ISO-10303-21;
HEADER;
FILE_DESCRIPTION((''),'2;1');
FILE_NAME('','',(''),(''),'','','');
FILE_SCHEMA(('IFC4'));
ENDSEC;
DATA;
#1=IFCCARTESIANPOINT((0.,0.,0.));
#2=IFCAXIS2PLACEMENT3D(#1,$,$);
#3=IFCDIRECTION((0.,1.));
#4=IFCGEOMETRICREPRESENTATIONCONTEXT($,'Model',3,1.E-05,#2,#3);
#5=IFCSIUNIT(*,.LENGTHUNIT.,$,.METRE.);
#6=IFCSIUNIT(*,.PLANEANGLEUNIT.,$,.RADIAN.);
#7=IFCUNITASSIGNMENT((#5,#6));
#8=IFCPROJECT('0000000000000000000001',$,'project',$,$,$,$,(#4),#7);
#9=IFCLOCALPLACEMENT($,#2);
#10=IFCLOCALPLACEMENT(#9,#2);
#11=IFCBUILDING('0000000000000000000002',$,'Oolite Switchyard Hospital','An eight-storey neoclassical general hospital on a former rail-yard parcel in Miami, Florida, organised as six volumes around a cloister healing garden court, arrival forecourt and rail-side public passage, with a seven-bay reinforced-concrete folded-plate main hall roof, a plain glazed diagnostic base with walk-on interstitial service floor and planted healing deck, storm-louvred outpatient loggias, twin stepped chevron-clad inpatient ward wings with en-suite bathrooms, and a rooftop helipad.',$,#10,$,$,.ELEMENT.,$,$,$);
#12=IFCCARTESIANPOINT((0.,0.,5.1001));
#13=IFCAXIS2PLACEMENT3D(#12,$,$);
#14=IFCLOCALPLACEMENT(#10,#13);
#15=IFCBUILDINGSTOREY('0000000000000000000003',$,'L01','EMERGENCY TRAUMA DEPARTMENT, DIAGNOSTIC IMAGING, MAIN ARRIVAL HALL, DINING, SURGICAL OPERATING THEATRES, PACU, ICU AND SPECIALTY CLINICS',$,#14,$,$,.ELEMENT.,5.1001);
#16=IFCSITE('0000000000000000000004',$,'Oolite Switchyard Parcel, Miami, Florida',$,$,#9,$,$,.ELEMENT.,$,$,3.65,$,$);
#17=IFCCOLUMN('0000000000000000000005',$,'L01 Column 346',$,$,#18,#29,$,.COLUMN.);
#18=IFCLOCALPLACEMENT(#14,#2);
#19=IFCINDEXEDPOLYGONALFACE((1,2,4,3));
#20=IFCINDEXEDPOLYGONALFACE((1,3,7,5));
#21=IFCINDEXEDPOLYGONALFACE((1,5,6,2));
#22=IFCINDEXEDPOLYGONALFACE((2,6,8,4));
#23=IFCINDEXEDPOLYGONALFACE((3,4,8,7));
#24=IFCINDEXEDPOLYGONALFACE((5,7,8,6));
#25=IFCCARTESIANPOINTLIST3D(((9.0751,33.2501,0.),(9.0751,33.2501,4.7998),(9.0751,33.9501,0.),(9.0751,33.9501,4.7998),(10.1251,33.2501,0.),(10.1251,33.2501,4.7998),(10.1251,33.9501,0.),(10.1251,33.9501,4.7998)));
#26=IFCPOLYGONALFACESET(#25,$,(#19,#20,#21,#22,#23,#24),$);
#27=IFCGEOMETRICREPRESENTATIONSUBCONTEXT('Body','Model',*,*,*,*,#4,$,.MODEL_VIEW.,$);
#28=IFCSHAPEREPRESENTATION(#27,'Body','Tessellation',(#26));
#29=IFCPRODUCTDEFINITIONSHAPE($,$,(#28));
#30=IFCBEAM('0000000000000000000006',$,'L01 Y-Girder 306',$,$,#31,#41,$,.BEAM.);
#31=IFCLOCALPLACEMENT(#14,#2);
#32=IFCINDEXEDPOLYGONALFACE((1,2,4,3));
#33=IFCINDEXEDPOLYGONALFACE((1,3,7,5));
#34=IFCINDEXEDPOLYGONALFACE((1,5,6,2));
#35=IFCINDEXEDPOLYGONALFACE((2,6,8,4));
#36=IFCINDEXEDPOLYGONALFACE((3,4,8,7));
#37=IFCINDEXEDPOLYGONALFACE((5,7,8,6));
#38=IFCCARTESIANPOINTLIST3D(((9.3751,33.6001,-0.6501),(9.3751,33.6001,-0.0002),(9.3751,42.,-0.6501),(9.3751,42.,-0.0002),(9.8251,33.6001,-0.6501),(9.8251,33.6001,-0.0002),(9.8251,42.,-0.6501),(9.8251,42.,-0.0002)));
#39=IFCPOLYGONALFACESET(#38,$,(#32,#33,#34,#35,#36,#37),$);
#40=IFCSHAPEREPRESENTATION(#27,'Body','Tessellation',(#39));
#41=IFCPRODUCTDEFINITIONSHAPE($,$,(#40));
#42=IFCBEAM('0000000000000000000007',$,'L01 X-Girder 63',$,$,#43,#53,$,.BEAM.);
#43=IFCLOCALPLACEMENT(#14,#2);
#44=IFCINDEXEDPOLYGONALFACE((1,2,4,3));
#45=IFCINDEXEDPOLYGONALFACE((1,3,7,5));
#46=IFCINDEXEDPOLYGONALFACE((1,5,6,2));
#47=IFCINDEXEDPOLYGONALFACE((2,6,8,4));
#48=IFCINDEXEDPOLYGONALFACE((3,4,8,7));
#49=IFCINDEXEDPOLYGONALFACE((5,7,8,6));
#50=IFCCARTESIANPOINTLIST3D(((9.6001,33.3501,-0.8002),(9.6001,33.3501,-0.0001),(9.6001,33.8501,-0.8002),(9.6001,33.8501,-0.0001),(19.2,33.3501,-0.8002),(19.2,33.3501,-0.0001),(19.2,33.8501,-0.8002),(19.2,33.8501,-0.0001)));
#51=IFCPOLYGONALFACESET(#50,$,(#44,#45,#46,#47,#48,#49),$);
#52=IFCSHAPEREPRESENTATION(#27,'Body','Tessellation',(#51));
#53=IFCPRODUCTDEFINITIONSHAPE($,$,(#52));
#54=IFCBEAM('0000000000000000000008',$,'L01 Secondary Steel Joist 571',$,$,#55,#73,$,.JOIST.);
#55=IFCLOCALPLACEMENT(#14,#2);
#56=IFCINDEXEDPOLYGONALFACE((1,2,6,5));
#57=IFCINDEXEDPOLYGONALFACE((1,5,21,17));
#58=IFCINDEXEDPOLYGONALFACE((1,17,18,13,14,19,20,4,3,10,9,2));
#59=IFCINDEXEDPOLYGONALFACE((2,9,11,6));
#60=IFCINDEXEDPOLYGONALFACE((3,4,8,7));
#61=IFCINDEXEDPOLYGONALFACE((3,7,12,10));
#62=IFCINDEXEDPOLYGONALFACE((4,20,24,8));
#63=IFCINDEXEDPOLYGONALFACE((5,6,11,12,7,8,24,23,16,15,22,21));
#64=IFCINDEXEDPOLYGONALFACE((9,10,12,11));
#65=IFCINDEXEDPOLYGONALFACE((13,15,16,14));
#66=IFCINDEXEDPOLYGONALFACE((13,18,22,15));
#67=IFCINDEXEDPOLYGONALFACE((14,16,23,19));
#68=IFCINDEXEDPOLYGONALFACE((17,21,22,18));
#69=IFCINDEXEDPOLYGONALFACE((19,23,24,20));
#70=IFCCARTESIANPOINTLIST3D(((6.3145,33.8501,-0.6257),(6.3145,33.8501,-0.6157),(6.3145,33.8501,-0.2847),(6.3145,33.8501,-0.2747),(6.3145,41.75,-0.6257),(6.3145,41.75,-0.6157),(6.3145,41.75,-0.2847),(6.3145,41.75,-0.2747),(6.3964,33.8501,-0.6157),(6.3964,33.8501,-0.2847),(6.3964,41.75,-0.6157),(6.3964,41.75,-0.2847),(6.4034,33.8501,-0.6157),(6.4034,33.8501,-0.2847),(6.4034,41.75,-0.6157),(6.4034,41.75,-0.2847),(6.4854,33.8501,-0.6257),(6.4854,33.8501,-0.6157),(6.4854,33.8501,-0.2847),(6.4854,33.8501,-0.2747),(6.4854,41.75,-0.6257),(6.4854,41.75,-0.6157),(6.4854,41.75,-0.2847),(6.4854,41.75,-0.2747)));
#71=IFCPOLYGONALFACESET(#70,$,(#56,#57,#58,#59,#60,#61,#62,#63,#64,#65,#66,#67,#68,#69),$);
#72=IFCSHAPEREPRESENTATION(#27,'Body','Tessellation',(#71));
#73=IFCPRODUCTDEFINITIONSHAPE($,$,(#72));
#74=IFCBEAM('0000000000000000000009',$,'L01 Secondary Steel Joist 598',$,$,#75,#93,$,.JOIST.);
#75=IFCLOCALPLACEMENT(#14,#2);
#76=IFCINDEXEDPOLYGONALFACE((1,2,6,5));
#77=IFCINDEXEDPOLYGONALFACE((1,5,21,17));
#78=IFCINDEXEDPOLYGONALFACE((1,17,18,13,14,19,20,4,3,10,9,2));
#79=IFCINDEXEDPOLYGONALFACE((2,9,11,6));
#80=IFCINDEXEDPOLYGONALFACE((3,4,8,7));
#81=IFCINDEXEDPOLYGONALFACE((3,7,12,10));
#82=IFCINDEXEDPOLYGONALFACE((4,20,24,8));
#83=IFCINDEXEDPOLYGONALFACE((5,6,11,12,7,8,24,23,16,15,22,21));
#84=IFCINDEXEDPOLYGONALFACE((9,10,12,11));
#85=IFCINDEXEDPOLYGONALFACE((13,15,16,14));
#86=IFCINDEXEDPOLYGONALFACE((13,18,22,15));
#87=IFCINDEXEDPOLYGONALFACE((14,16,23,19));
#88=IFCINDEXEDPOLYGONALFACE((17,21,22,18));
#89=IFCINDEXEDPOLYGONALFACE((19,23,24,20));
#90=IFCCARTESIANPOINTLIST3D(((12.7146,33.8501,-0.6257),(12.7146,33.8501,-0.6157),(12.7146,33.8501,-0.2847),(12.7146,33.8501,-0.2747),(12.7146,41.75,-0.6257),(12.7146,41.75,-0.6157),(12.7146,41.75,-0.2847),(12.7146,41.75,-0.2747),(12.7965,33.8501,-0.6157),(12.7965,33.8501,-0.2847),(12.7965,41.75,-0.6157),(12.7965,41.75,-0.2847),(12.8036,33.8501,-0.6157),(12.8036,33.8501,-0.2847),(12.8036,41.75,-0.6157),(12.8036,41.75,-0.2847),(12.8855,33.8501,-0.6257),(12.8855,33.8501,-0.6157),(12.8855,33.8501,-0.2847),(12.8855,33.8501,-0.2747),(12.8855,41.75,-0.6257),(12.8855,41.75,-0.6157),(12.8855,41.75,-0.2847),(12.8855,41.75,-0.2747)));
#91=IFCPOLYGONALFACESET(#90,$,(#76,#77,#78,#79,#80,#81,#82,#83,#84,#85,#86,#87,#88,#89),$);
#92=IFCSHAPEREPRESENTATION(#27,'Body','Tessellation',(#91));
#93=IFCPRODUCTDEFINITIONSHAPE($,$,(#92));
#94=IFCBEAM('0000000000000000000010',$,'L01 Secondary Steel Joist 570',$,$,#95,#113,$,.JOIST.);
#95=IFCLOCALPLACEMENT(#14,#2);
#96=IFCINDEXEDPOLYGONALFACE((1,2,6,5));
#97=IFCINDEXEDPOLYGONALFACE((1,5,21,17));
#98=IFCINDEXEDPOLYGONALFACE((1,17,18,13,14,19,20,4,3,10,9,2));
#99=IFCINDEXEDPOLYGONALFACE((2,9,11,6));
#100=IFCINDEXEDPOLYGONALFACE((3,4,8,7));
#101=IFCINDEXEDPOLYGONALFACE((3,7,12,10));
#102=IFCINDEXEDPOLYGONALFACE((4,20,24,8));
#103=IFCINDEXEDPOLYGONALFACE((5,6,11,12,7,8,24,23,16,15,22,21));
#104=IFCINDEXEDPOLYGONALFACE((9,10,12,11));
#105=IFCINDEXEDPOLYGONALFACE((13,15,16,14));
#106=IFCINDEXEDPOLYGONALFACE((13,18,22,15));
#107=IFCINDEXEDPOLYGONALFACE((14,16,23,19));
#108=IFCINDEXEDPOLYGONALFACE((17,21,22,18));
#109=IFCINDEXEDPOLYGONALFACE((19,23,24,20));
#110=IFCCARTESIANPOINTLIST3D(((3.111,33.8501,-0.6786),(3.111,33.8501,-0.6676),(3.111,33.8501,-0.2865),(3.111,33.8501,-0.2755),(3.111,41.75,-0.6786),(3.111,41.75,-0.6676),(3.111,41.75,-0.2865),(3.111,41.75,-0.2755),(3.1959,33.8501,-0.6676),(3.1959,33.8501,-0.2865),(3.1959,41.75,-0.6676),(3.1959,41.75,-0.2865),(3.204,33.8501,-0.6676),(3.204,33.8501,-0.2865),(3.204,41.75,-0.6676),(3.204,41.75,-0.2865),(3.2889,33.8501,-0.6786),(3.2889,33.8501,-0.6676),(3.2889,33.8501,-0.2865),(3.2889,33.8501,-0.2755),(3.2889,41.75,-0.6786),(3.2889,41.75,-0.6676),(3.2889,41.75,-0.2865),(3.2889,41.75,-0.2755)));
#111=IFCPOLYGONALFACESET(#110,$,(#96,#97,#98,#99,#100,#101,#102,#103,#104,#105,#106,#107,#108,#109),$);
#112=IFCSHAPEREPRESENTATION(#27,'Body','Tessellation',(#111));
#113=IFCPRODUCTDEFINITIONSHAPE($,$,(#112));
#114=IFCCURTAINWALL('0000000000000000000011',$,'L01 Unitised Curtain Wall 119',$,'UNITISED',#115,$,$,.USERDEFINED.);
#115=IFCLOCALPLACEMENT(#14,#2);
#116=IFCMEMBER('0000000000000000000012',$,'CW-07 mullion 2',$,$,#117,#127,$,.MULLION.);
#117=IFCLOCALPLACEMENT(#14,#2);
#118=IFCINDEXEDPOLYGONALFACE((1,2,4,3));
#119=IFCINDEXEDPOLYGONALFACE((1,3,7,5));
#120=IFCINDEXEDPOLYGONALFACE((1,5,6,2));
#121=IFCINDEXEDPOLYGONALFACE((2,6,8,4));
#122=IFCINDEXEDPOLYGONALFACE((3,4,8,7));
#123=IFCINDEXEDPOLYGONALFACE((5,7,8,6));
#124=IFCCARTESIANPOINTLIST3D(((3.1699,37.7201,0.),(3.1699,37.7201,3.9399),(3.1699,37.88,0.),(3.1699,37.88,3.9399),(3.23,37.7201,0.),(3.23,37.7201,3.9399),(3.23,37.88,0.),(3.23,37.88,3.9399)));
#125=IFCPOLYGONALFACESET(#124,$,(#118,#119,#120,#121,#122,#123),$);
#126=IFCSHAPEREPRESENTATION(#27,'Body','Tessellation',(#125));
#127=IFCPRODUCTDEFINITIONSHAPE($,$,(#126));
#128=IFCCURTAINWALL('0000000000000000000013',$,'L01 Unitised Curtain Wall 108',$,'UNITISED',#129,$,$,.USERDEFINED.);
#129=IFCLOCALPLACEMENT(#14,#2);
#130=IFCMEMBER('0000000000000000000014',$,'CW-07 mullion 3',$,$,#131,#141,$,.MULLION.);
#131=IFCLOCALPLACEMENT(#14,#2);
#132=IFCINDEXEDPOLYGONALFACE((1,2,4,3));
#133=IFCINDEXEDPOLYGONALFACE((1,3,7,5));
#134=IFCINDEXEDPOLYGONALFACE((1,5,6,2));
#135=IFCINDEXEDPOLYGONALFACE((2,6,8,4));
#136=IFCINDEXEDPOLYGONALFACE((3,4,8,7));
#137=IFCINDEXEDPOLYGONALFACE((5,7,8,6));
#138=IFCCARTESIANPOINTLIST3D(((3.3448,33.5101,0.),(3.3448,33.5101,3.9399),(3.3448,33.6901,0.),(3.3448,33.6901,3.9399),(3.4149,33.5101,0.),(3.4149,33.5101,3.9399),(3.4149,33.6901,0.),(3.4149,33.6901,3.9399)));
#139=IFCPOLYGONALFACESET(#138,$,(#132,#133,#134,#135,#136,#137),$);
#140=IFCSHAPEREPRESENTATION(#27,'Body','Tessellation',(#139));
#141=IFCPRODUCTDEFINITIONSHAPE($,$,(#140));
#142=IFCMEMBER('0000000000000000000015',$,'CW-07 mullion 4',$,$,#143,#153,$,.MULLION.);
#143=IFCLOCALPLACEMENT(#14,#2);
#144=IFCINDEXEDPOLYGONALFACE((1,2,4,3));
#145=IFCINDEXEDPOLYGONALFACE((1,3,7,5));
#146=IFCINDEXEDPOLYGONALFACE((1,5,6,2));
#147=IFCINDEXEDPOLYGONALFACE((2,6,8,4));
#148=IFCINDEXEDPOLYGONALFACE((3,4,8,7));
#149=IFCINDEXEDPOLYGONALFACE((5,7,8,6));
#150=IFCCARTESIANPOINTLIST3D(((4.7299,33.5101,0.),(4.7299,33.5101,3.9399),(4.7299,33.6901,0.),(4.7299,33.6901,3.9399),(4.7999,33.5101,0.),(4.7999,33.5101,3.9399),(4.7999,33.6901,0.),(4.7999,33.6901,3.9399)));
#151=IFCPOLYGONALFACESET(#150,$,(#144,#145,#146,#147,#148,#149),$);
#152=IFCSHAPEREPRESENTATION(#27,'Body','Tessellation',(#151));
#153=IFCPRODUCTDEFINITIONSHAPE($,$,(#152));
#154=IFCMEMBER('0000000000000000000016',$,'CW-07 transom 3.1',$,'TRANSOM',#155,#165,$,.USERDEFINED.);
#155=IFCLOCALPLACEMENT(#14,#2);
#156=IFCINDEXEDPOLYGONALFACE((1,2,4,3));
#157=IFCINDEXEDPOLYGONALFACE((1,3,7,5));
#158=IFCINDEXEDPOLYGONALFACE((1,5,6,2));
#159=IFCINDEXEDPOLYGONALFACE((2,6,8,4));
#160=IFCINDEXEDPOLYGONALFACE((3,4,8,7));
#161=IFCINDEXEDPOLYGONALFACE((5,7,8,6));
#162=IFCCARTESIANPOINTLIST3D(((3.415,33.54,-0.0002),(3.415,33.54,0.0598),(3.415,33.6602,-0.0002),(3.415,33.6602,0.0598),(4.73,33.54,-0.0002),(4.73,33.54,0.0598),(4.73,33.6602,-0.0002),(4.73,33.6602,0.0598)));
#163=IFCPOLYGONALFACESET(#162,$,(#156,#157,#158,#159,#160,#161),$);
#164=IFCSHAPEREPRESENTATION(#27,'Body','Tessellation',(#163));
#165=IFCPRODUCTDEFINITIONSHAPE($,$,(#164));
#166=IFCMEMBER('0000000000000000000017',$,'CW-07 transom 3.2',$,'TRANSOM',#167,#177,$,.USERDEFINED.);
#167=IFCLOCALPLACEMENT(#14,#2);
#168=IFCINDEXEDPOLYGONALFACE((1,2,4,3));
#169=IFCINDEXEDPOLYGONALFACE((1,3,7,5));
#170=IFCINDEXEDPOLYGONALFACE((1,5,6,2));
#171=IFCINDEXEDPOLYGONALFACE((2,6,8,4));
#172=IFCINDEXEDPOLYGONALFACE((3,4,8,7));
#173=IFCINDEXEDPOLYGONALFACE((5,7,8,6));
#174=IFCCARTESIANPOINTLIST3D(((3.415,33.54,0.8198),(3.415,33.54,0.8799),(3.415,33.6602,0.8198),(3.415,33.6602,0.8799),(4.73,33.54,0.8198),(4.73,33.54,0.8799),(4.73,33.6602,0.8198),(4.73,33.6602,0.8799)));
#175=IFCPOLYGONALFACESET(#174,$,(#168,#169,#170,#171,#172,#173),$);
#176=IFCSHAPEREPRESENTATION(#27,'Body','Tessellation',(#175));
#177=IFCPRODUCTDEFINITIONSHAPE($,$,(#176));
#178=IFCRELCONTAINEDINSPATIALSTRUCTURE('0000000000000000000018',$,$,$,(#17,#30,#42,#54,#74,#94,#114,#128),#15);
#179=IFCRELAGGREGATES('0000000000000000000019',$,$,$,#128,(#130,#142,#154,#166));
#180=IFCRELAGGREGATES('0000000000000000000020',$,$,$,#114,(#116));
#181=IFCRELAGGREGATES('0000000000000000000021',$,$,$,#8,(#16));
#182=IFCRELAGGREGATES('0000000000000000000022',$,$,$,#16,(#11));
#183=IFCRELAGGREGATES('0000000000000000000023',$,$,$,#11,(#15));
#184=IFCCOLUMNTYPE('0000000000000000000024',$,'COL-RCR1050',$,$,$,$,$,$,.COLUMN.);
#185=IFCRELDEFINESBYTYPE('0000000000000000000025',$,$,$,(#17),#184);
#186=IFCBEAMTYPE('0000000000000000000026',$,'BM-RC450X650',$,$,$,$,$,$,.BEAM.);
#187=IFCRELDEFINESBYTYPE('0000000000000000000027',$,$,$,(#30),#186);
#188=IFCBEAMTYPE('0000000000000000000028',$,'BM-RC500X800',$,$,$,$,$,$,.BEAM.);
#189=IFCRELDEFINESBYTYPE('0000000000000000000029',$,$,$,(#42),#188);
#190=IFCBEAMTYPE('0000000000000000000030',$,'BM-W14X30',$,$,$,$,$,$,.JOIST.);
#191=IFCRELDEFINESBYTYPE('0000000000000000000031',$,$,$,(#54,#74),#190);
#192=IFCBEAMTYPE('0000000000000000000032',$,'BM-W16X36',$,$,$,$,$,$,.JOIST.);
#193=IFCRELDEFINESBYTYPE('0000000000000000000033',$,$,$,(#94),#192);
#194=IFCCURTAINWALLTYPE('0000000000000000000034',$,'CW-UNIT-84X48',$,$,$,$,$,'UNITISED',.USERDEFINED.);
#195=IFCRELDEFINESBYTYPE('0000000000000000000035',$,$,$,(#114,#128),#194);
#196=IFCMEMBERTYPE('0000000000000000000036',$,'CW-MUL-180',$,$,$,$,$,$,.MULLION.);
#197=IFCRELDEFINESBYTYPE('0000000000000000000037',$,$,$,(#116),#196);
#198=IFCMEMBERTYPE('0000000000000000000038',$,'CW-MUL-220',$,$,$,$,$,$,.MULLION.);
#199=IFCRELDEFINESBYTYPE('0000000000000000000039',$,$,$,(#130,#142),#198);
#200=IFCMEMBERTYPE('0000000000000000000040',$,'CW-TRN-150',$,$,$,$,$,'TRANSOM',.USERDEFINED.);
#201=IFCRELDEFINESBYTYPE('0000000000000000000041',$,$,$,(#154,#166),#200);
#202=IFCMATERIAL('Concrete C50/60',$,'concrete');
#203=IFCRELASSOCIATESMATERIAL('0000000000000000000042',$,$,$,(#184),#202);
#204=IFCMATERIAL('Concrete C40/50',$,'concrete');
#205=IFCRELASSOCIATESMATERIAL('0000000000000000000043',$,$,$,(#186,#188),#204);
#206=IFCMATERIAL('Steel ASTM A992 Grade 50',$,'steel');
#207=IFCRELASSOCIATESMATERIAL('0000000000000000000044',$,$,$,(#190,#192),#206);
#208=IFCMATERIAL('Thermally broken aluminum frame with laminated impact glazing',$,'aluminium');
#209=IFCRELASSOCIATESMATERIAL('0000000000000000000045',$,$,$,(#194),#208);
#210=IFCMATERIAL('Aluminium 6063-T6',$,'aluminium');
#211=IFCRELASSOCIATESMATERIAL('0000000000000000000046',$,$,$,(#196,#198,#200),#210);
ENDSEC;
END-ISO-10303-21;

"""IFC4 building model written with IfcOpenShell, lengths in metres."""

from ifc_helpers import new_model, si_unit, direction, frame, origin, origin_2d, place, context, subcontext, project, spatial, rectangle, i_section, extrude, material, material_profile, profile_set, type_object, element, aggregate, save


model = new_model("IFC4")

# Units and contexts
model_context = context("Model", 3, precision=1e-05, world=origin(), true_north=direction((0.0, 1.0)))
body_context = subcontext(model_context, "Body", "Model", "MODEL_VIEW")
ifc_project = project(units=[si_unit("LENGTHUNIT", "METRE"), si_unit("PLANEANGLEUNIT", "RADIAN")], contexts=[model_context])

# Site, building, storey
site_placement = place(None, origin())
site = spatial("IfcSite", under=ifc_project, at=site_placement, Name="Oolite Switchyard Parcel, Miami, Florida", CompositionType="ELEMENT", RefElevation=3.65)
building_placement = place(site_placement, origin())
building = spatial("IfcBuilding", under=site, at=building_placement, Name="Oolite Switchyard Hospital", Description="An eight-storey neoclassical general hospital on a former rail-yard parcel in Miami, Florida, organised as six volumes around a cloister healing garden court, arrival forecourt and rail-side public passage, with a seven-bay reinforced-concrete folded-plate main hall roof, a plain glazed diagnostic base with walk-on interstitial service floor and planted healing deck, storm-louvred outpatient loggias, twin stepped chevron-clad inpatient ward wings with en-suite bathrooms, and a rooftop helipad.", CompositionType="ELEMENT")
storey_placement = place(building_placement, frame((0.0, 0.0, 5.1001)))
storey = spatial("IfcBuildingStorey", under=building, at=storey_placement, Name="L01", Description="EMERGENCY TRAUMA DEPARTMENT, DIAGNOSTIC IMAGING, MAIN ARRIVAL HALL, DINING, SURGICAL OPERATING THEATRES, PACU, ICU AND SPECIALTY CLINICS", CompositionType="ELEMENT", Elevation=5.1001)

# Column
ifc_material_1 = material(Name="Concrete C50/60", Category="concrete")
ifc_material_profile_1 = material_profile(ifc_material_1, rectangle(XDim=1.05, YDim=0.7, at=origin_2d()), Name="RC1050X700")
ifc_profile_set_1 = profile_set([ifc_material_profile_1], Name="Concrete C50/60")
column_type = type_object("IfcColumnType", Name="COL-RCR1050", PredefinedType="COLUMN", material=ifc_profile_set_1)
column_placement = place(storey_placement, frame((9.6001, 33.6001, 0.0), z_axis=(0.0, 0.0, 1.0), x_axis=(1.0, 0.0, 0.0)))
element("IfcColumn", 1, at=column_placement, inside=storey, type_object=column_type, Name="L01 Column 346", PredefinedType="COLUMN", context=body_context, shape_type="SweptSolid", body=[
    extrude(rectangle(XDim=1.05, YDim=0.7, at=origin_2d()), origin(), (0.0, 0.0, 1.0), 4.7998),
])

# Beams
ifc_material_2 = material(Name="Concrete C40/50", Category="concrete")
ifc_material_profile_2 = material_profile(ifc_material_2, rectangle(XDim=0.45, YDim=0.6499, at=origin_2d()), Name="RCB450X650")
ifc_profile_set_2 = profile_set([ifc_material_profile_2], Name="Concrete C40/50")
beam_type_1 = type_object("IfcBeamType", Name="BM-RC450X650", PredefinedType="BEAM", material=ifc_profile_set_2)
beam_1_placement = place(storey_placement, frame((9.6001, 33.6001, -0.3252), z_axis=(0.0, 1.0, 0.0), x_axis=(-1.0, 0.0, 0.0)))
element("IfcBeam", 2, at=beam_1_placement, inside=storey, type_object=beam_type_1, Name="L01 Y-Girder 306", PredefinedType="BEAM", context=body_context, shape_type="SweptSolid", body=[
    extrude(rectangle(XDim=0.45, YDim=0.6499, at=origin_2d()), origin(), (0.0, 0.0, 1.0), 8.3999),
])
ifc_material_profile_3 = material_profile(ifc_material_2, rectangle(XDim=0.5, YDim=0.8, at=origin_2d()), Name="RCB500X800")
ifc_profile_set_3 = profile_set([ifc_material_profile_3], Name="Concrete C40/50")
beam_type_2 = type_object("IfcBeamType", Name="BM-RC500X800", PredefinedType="BEAM", material=ifc_profile_set_3)
beam_2_placement = place(storey_placement, frame((9.6001, 33.6001, -0.4001), z_axis=(1.0, 0.0, 0.0), x_axis=(0.0, 1.0, 0.0)))
element("IfcBeam", 3, at=beam_2_placement, inside=storey, type_object=beam_type_2, Name="L01 X-Girder 63", PredefinedType="BEAM", context=body_context, shape_type="SweptSolid", body=[
    extrude(rectangle(XDim=0.5, YDim=0.8, at=origin_2d()), origin(), (0.0, 0.0, 1.0), 9.5999),
])
ifc_material_3 = material(Name="Steel ASTM A992 Grade 50", Category="steel")
ifc_material_profile_4 = material_profile(ifc_material_3, i_section(OverallWidth=0.1709, OverallDepth=0.3511, WebThickness=0.0071, FlangeThickness=0.01, at=origin_2d()), Name="W14X30")
ifc_profile_set_4 = profile_set([ifc_material_profile_4], Name="Steel ASTM A992 Grade 50")
beam_type_3 = type_object("IfcBeamType", Name="BM-W14X30", PredefinedType="JOIST", material=ifc_profile_set_4)
for number, where, z_axis, x_axis, name in (
    (4, (6.3999, 33.8501, -0.4502), (0.0, 1.0, 0.0), (-1.0, 0.0, 0.0), "L01 Secondary Steel Joist 571"),
    (5, (12.8, 33.8501, -0.4502), (0.0, 1.0, 0.0), (-1.0, 0.0, 0.0), "L01 Secondary Steel Joist 598"),
):
    element("IfcBeam", number, at=place(storey_placement, frame(where, z_axis=z_axis, x_axis=x_axis)), inside=storey, type_object=beam_type_3, Name=name, PredefinedType="JOIST", context=body_context, shape_type="SweptSolid", body=[
        extrude(i_section(OverallWidth=0.1709, OverallDepth=0.3511, WebThickness=0.0071, FlangeThickness=0.01, at=origin_2d()), origin(), (0.0, 0.0, 1.0), 7.8999),
    ])
ifc_material_profile_5 = material_profile(ifc_material_3, i_section(OverallWidth=0.178, OverallDepth=0.4031, WebThickness=0.0081, FlangeThickness=0.011, at=origin_2d()), Name="W16X36")
ifc_profile_set_5 = profile_set([ifc_material_profile_5], Name="Steel ASTM A992 Grade 50")
beam_type_4 = type_object("IfcBeamType", Name="BM-W16X36", PredefinedType="JOIST", material=ifc_profile_set_5)
beam_3_placement = place(storey_placement, frame((3.2, 33.8501, -0.4771), z_axis=(0.0, 1.0, 0.0), x_axis=(-1.0, 0.0, 0.0)))
element("IfcBeam", 6, at=beam_3_placement, inside=storey, type_object=beam_type_4, Name="L01 Secondary Steel Joist 570", PredefinedType="JOIST", context=body_context, shape_type="SweptSolid", body=[
    extrude(i_section(OverallWidth=0.178, OverallDepth=0.4031, WebThickness=0.0081, FlangeThickness=0.011, at=origin_2d()), origin(), (0.0, 0.0, 1.0), 7.8999),
])

# Curtain wall, member
ifc_material_4 = material(Name="Thermally broken aluminum frame with laminated impact glazing", Category="aluminium")
curtain_wall_type = type_object("IfcCurtainWallType", Name="CW-UNIT-84X48", ElementType="UNITISED", PredefinedType="USERDEFINED", material=ifc_material_4)
curtain_wall_1_placement = place(storey_placement, origin())
curtain_wall_1 = element("IfcCurtainWall", 7, at=curtain_wall_1_placement, inside=storey, type_object=curtain_wall_type, Name="L01 Unitised Curtain Wall 119", ObjectType="UNITISED", PredefinedType="USERDEFINED")
ifc_material_5 = material(Name="Aluminium 6063-T6", Category="aluminium")
ifc_material_profile_6 = material_profile(ifc_material_5, rectangle(XDim=0.1599, YDim=0.0601, at=origin_2d()), Name="CWM60X160")
ifc_profile_set_6 = profile_set([ifc_material_profile_6], Name="Aluminium 6063-T6")
member_type_1 = type_object("IfcMemberType", Name="CW-MUL-180", PredefinedType="MULLION", material=ifc_profile_set_6)
member_1_placement = place(storey_placement, frame((3.2, 37.8, 0.0), z_axis=(0.0, 0.0, 1.0), x_axis=(0.0, -1.0, 0.0)))
member_1 = element("IfcMember", 8, at=member_1_placement, type_object=member_type_1, Name="CW-07 mullion 2", PredefinedType="MULLION", context=body_context, shape_type="SweptSolid", body=[
    extrude(rectangle(XDim=0.1599, YDim=0.0601, at=origin_2d()), origin(), (0.0, 0.0, 1.0), 3.9399),
])

# Curtain wall, members
curtain_wall_2_placement = place(storey_placement, origin())
curtain_wall_2 = element("IfcCurtainWall", 9, at=curtain_wall_2_placement, inside=storey, type_object=curtain_wall_type, Name="L01 Unitised Curtain Wall 108", ObjectType="UNITISED", PredefinedType="USERDEFINED")
ifc_material_profile_7 = material_profile(ifc_material_5, rectangle(XDim=0.1799, YDim=0.0701, at=origin_2d()), Name="CWM70X180")
ifc_profile_set_7 = profile_set([ifc_material_profile_7], Name="Aluminium 6063-T6")
member_type_2 = type_object("IfcMemberType", Name="CW-MUL-220", PredefinedType="MULLION", material=ifc_profile_set_7)
member_2_placement = place(storey_placement, frame((3.3799, 33.6001, 0.0), z_axis=(0.0, 0.0, 1.0), x_axis=(0.0, 1.0, 0.0)))
member_2 = element("IfcMember", 10, at=member_2_placement, type_object=member_type_2, Name="CW-07 mullion 3", PredefinedType="MULLION", context=body_context, shape_type="SweptSolid", body=[
    extrude(rectangle(XDim=0.1799, YDim=0.0701, at=origin_2d()), origin(), (0.0, 0.0, 1.0), 3.9399),
])
member_3_placement = place(storey_placement, frame((4.7649, 33.6001, 0.0), z_axis=(0.0, 0.0, 1.0), x_axis=(0.0, 1.0, 0.0)))
member_3 = element("IfcMember", 11, at=member_3_placement, type_object=member_type_2, Name="CW-07 mullion 4", PredefinedType="MULLION", context=body_context, shape_type="SweptSolid", body=[
    extrude(rectangle(XDim=0.1799, YDim=0.0701, at=origin_2d()), origin(), (0.0, 0.0, 1.0), 3.9399),
])
ifc_material_profile_8 = material_profile(ifc_material_5, rectangle(XDim=0.1201, YDim=0.0601, at=origin_2d()), Name="CWT60X120")
ifc_profile_set_8 = profile_set([ifc_material_profile_8], Name="Aluminium 6063-T6")
member_type_3 = type_object("IfcMemberType", Name="CW-TRN-150", ElementType="TRANSOM", PredefinedType="USERDEFINED", material=ifc_profile_set_8)
member_4_placement = place(storey_placement, frame((3.415, 33.6001, 0.0298), z_axis=(1.0, 0.0, 0.0), x_axis=(0.0, 1.0, 0.0)))
member_4 = element("IfcMember", 12, at=member_4_placement, type_object=member_type_3, Name="CW-07 transom 3.1", ObjectType="TRANSOM", PredefinedType="USERDEFINED", context=body_context, shape_type="SweptSolid", body=[
    extrude(rectangle(XDim=0.1201, YDim=0.0601, at=origin_2d()), origin(), (0.0, 0.0, 1.0), 1.3149),
])
member_5_placement = place(storey_placement, frame((3.415, 33.6001, 0.8499), z_axis=(1.0, 0.0, 0.0), x_axis=(0.0, 1.0, 0.0)))
member_5 = element("IfcMember", 13, at=member_5_placement, type_object=member_type_3, Name="CW-07 transom 3.2", ObjectType="TRANSOM", PredefinedType="USERDEFINED", context=body_context, shape_type="SweptSolid", body=[
    extrude(rectangle(XDim=0.1201, YDim=0.0601, at=origin_2d()), origin(), (0.0, 0.0, 1.0), 1.3149),
])

aggregate(curtain_wall_2, [member_2, member_3, member_4, member_5])
aggregate(curtain_wall_1, [member_1])

save(model, "model.ifc")
